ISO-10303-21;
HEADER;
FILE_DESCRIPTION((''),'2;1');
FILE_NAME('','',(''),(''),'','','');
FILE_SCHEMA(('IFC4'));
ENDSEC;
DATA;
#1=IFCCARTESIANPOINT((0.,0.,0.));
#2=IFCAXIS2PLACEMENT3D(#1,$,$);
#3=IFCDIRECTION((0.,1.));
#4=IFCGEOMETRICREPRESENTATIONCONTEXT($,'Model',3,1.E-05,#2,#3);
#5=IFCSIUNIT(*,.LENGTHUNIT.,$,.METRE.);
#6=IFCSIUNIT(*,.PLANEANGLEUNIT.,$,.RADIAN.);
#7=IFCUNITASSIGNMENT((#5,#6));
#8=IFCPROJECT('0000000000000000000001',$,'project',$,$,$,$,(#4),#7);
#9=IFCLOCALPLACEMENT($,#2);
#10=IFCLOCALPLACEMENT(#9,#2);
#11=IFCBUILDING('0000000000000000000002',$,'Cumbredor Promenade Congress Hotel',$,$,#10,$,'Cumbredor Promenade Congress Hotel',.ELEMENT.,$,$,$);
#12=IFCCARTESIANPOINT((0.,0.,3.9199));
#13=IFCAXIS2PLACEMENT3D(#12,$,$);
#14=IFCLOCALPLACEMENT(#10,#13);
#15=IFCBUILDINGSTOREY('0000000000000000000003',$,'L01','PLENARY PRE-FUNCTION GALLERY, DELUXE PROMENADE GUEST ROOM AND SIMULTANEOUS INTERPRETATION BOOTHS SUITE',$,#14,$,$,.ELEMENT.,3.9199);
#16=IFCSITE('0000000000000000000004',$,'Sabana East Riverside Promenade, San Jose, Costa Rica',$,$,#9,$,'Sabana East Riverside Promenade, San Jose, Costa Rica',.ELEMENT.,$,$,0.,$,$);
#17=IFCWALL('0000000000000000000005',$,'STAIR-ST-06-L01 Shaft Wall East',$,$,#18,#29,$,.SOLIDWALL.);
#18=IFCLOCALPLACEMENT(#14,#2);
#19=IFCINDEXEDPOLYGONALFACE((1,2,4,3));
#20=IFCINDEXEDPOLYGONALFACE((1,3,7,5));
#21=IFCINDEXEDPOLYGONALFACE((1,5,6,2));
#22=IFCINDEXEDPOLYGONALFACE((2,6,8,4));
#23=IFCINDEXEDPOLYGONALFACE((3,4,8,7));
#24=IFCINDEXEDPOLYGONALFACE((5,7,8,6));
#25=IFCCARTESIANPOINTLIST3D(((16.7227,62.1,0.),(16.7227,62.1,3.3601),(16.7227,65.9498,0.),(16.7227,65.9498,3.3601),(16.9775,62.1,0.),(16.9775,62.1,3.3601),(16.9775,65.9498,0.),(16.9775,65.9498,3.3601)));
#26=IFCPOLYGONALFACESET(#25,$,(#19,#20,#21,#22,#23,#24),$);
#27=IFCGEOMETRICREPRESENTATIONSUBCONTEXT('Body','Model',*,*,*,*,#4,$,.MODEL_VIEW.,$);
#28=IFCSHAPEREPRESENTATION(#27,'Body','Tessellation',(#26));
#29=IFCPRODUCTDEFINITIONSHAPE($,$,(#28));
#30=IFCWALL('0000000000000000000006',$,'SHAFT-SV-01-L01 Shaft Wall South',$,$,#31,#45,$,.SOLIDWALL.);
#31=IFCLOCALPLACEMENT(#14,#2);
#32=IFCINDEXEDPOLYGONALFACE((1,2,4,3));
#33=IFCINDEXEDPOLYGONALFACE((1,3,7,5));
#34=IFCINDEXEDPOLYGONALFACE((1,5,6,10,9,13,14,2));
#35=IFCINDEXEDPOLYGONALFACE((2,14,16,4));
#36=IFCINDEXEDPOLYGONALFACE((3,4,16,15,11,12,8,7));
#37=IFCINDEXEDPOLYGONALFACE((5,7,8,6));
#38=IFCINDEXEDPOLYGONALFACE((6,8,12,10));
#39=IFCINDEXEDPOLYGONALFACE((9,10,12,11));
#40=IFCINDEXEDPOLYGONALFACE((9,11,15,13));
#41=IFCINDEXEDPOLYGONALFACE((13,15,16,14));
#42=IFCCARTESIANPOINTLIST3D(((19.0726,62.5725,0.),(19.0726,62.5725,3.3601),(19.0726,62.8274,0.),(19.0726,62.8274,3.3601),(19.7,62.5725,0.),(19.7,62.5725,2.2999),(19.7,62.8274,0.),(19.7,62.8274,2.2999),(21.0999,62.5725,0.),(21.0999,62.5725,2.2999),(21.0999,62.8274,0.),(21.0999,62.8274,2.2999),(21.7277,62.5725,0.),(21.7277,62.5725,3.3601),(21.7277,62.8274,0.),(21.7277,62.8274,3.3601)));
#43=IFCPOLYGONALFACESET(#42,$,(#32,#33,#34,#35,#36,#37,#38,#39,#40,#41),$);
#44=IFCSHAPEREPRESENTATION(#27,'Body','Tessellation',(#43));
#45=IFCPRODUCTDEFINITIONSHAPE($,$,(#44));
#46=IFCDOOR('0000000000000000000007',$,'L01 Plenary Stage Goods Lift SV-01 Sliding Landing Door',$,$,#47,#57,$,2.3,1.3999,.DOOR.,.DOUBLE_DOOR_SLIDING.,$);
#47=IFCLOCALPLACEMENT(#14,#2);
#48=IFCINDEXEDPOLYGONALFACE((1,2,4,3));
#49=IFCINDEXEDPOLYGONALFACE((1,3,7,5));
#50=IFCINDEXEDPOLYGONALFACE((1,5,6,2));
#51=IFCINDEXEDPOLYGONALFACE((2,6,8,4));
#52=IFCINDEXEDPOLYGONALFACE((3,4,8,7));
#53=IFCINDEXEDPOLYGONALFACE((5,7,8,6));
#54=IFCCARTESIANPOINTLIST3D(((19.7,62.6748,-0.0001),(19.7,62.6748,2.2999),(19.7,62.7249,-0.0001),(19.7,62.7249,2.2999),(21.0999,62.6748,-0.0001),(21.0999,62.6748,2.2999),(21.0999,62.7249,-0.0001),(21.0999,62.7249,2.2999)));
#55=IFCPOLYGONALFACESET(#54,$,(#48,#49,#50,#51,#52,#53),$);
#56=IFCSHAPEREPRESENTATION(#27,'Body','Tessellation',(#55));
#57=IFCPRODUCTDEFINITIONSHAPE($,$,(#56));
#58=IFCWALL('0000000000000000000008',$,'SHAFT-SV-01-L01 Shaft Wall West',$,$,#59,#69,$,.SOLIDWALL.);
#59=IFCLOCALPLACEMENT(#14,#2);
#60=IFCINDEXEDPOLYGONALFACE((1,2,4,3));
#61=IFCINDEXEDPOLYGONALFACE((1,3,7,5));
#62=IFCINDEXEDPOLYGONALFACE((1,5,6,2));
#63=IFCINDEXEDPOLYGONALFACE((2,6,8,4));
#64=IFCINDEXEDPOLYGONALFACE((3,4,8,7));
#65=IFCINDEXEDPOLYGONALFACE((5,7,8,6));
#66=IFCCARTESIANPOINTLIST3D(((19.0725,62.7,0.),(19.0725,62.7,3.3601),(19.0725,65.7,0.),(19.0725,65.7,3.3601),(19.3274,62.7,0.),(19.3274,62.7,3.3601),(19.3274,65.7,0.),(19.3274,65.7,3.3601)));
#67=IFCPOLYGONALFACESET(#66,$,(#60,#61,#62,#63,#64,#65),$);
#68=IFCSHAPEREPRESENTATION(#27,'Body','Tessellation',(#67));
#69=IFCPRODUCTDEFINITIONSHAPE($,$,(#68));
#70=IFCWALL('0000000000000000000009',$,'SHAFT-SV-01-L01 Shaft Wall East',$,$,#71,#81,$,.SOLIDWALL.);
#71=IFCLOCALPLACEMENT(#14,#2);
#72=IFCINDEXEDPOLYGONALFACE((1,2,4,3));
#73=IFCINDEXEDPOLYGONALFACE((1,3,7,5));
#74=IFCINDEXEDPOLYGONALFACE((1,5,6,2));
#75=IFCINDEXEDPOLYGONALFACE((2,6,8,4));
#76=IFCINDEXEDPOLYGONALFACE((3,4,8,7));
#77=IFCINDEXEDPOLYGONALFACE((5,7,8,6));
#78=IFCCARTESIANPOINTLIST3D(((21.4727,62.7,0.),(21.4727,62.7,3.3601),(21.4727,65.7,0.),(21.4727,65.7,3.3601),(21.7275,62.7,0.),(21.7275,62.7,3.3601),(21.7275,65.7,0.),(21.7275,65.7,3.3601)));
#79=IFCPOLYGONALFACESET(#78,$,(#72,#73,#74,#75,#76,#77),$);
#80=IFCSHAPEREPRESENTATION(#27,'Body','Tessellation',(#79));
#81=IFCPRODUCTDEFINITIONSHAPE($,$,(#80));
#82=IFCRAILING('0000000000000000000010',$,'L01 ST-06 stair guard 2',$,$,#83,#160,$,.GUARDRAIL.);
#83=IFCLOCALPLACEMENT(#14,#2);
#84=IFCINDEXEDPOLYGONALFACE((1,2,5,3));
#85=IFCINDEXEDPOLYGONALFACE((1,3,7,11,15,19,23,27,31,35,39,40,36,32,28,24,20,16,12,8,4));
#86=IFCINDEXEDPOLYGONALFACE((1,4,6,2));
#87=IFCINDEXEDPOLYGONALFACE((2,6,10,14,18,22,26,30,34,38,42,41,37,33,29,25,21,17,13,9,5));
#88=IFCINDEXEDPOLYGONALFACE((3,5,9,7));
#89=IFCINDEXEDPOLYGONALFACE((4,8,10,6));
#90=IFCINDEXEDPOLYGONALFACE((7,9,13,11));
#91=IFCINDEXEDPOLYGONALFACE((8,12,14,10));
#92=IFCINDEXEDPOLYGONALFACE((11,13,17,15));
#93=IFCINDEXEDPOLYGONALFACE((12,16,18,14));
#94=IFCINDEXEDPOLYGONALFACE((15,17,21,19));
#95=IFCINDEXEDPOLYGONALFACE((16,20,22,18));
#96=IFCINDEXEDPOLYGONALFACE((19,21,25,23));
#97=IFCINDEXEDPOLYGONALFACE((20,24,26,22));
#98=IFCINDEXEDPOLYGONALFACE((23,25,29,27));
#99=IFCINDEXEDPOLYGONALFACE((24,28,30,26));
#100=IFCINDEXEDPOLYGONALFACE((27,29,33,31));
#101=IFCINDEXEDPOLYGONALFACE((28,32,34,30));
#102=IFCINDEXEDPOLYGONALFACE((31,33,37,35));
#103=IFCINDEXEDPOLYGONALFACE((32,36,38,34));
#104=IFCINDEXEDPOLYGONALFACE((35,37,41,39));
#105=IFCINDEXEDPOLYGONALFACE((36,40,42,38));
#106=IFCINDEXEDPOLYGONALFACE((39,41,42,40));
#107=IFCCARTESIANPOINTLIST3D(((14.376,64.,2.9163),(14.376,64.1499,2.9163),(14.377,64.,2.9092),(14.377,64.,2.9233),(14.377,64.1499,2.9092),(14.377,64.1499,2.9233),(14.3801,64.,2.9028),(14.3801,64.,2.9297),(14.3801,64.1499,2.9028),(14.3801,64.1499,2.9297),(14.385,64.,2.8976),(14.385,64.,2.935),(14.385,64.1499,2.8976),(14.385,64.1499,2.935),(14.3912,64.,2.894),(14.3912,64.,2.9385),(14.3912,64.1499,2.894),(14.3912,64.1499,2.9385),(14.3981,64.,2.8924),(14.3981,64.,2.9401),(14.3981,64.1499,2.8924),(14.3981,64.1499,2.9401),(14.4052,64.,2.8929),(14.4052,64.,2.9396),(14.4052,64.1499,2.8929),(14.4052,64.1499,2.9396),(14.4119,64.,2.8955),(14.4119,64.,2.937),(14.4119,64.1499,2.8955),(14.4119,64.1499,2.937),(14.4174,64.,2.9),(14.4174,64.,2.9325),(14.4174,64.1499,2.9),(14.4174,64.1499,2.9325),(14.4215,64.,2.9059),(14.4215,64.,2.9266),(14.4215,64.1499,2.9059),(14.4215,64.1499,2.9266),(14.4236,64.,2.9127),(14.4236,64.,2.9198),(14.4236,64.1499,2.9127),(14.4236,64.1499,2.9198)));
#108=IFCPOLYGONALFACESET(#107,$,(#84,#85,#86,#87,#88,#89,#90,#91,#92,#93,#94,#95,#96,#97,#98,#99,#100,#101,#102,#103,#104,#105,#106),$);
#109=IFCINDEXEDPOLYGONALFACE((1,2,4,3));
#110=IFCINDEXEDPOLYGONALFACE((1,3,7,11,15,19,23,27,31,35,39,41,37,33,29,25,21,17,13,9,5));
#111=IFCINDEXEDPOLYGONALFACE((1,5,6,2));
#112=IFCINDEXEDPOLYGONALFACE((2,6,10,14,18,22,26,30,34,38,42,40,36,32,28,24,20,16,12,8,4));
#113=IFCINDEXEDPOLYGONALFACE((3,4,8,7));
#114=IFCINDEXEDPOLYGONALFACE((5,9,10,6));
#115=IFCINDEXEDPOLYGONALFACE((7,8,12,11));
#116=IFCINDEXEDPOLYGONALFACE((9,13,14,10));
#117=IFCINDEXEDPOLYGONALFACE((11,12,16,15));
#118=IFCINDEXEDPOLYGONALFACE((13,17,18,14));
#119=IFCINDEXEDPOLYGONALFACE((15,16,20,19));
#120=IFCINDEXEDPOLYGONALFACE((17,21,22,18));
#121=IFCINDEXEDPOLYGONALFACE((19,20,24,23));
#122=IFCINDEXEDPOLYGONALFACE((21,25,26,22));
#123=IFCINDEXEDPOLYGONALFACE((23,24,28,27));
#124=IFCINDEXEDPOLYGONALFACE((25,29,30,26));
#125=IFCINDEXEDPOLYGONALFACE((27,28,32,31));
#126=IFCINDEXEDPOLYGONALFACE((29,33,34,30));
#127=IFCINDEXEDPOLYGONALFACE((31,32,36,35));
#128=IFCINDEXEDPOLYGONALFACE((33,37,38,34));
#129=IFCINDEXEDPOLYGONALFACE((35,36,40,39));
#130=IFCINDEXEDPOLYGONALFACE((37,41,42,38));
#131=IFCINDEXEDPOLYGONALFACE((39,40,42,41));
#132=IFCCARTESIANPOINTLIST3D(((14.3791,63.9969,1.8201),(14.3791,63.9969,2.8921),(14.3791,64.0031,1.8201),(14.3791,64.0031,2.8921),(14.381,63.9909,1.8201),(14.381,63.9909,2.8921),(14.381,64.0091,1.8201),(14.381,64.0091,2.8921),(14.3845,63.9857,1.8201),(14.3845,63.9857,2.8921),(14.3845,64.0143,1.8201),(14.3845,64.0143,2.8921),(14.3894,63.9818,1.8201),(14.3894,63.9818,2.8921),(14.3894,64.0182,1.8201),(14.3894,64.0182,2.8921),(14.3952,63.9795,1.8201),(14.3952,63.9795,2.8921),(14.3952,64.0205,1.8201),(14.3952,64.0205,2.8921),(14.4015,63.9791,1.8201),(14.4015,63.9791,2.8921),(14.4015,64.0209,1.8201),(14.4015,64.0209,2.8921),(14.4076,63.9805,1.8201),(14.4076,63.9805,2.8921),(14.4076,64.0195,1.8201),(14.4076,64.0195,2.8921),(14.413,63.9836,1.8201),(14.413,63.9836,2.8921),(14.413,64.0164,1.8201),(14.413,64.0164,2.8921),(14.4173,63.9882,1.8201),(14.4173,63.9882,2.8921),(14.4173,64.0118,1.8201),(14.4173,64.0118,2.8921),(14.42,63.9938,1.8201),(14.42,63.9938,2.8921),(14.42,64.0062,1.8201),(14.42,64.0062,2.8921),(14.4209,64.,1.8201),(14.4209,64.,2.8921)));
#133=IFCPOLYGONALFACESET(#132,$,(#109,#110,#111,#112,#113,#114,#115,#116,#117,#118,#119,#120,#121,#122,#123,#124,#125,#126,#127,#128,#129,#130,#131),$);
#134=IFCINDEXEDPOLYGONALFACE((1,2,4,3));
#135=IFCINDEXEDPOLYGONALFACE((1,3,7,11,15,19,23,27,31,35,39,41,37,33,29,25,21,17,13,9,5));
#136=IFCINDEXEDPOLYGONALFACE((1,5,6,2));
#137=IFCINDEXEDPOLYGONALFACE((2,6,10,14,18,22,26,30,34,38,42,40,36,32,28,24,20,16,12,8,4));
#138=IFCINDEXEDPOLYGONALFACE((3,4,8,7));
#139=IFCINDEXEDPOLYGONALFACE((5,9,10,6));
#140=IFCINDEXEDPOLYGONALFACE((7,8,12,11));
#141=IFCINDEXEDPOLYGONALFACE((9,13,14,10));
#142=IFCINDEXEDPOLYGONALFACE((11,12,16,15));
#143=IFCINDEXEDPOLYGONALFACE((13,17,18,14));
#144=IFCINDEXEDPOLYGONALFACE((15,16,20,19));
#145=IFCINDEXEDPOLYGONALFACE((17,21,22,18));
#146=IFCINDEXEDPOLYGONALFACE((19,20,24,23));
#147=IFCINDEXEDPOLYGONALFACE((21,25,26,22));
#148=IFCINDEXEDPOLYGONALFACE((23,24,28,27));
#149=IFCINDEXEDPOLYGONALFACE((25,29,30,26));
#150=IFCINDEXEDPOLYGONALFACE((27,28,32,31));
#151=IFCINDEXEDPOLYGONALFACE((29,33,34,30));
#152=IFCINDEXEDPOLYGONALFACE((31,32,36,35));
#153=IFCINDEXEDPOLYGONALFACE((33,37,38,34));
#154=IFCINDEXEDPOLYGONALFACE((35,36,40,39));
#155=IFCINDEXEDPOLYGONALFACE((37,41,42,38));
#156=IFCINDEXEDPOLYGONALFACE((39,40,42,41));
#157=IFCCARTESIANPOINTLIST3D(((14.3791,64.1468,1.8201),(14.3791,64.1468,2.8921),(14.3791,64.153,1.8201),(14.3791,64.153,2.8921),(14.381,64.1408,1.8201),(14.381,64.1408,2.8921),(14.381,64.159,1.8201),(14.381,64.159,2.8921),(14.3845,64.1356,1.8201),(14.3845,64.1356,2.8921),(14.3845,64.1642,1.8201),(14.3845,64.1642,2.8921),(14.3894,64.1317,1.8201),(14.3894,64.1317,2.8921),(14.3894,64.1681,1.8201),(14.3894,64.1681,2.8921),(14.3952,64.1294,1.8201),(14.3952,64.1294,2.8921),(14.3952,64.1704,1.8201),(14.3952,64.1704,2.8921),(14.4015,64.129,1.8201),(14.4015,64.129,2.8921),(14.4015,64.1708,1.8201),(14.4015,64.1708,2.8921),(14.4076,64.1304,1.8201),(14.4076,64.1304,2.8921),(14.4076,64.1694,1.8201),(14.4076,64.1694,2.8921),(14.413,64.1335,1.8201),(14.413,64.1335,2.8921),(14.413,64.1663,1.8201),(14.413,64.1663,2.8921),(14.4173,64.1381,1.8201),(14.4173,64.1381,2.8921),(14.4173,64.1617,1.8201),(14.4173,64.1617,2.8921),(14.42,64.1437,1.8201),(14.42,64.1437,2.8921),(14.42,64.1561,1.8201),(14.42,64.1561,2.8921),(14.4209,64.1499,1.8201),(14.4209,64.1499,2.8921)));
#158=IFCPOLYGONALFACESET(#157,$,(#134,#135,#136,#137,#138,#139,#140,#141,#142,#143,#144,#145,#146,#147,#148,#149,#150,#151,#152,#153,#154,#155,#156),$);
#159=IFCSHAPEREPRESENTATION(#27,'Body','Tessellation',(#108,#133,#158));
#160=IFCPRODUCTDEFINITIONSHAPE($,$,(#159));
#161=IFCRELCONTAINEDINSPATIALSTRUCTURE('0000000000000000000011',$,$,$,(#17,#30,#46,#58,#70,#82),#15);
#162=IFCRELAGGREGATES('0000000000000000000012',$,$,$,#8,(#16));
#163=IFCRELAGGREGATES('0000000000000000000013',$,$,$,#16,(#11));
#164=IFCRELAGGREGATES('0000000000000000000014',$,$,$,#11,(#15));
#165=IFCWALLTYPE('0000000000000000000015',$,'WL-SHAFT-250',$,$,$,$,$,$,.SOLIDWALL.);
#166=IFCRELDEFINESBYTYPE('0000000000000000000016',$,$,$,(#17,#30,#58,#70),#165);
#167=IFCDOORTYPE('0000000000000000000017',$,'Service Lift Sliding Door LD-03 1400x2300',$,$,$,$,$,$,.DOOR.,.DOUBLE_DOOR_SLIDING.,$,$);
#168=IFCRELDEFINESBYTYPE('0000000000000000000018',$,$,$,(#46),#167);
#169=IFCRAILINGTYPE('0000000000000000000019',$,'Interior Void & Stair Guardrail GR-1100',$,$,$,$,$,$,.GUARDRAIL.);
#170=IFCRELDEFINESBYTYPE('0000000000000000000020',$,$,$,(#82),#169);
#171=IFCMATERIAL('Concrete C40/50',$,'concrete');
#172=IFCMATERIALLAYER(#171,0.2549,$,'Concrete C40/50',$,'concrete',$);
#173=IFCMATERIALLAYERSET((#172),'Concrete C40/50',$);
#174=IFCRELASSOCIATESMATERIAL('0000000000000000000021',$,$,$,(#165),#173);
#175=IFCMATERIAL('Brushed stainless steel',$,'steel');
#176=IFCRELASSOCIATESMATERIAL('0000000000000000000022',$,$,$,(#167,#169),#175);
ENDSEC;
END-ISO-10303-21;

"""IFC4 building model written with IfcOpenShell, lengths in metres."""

from ifc_helpers import new_model, si_unit, direction, frame, frame_2d, origin, origin_2d, place, context, subcontext, project, spatial, rectangle, circle, extrude, material, layer, layer_set, type_object, element, fill, save


model = new_model("IFC4")

# Units and contexts
model_context = context("Model", 3, precision=1e-05, world=origin(), true_north=direction((0.0, 1.0)))
body_context = subcontext(model_context, "Body", "Model", "MODEL_VIEW")
ifc_project = project(units=[si_unit("LENGTHUNIT", "METRE"), si_unit("PLANEANGLEUNIT", "RADIAN")], contexts=[model_context])

# Site, building, storey
site_placement = place(None, origin())
site = spatial("IfcSite", under=ifc_project, at=site_placement, Name="Sabana East Riverside Promenade, San Jose, Costa Rica", LongName="Sabana East Riverside Promenade, San Jose, Costa Rica", CompositionType="ELEMENT", RefElevation=0.0)
building_placement = place(site_placement, origin())
building = spatial("IfcBuilding", under=site, at=building_placement, Name="Cumbredor Promenade Congress Hotel", LongName="Cumbredor Promenade Congress Hotel", CompositionType="ELEMENT")
storey_placement = place(building_placement, frame((0.0, 0.0, 3.9199)))
storey = spatial("IfcBuildingStorey", under=building, at=storey_placement, Name="L01", Description="PLENARY PRE-FUNCTION GALLERY, DELUXE PROMENADE GUEST ROOM AND SIMULTANEOUS INTERPRETATION BOOTHS SUITE", CompositionType="ELEMENT", Elevation=3.9199)

# Shared definitions
ifc_material_1 = material(Name="Concrete C40/50", Category="concrete")

# Wall
ifc_layer = layer(ifc_material_1, 0.2549, Name="Concrete C40/50", Category="concrete")
ifc_layer_set = layer_set([ifc_layer], Name="Concrete C40/50")
wall_type = type_object("IfcWallType", Name="WL-SHAFT-250", PredefinedType="SOLIDWALL", material=ifc_layer_set)
wall_1_placement = place(storey_placement, frame((16.8501, 62.1001, 0.0), z_axis=(0.0, 0.0, 1.0), x_axis=(0.0, 1.0, 0.0)))
element("IfcWall", 1, at=wall_1_placement, inside=storey, type_object=wall_type, Name="STAIR-ST-06-L01 Shaft Wall East", PredefinedType="SOLIDWALL", context=body_context, shape_type="SweptSolid", body=[
    extrude(rectangle(XDim=3.8499, YDim=0.2549, at=frame_2d((1.9248, 0.0))), origin(), (0.0, 0.0, 1.0), 3.3601),
])

# Wall, opening, door
wall_2_placement = place(storey_placement, frame((19.0725, 62.7, 0.0), z_axis=(0.0, 0.0, 1.0), x_axis=(1.0, 0.0, 0.0)))
wall_2 = element("IfcWall", 2, at=wall_2_placement, inside=storey, type_object=wall_type, Name="SHAFT-SV-01-L01 Shaft Wall South", PredefinedType="SOLIDWALL", context=body_context, shape_type="SweptSolid", body=[
    extrude(rectangle(XDim=2.655, YDim=0.2549, at=frame_2d((1.3276, 0.0))), origin(), (0.0, 0.0, 1.0), 3.3601),
])
opening_placement = place(wall_2_placement, frame((0.6274, 0.0, 0.0)))
opening = element("IfcOpeningElement", 3, at=opening_placement, cuts=wall_2, PredefinedType="OPENING", context=body_context, shape_type="SweptSolid", body=[
    extrude(rectangle(XDim=1.3999, YDim=2.3, at=frame_2d((0.7, 1.1499))), frame((0.0, 0.1375, 0.0), z_axis=(0.0, -1.0, 0.0), x_axis=(1.0, 0.0, 0.0)), (0.0, 0.0, 1.0), 0.2749),
])
ifc_material_2 = material(Name="Brushed stainless steel", Category="steel")
door_type = type_object("IfcDoorType", Name="Service Lift Sliding Door LD-03 1400x2300", OperationType="DOUBLE_DOOR_SLIDING", PredefinedType="DOOR", material=ifc_material_2)
door_placement = place(opening_placement, origin())
door = element("IfcDoor", 4, at=door_placement, inside=storey, type_object=door_type, Name="L01 Plenary Stage Goods Lift SV-01 Sliding Landing Door", OperationType="DOUBLE_DOOR_SLIDING", OverallHeight=2.3, OverallWidth=1.3999, PredefinedType="DOOR", context=body_context, shape_type="SweptSolid", body=[
    extrude(rectangle(XDim=1.3999, YDim=2.3, at=frame_2d((0.7, 1.1499))), frame((0.0, 0.0249, 0.0), z_axis=(0.0, -1.0, 0.0), x_axis=(1.0, 0.0, 0.0)), (0.0, 0.0, 1.0), 0.05),
])
fill(opening, door)

# Walls
for number, where, z_axis, x_axis, name in (
    (5, (19.2, 62.7, 0.0), (0.0, 0.0, 1.0), (0.0, 1.0, 0.0), "SHAFT-SV-01-L01 Shaft Wall West"),
    (6, (21.6001, 62.7, 0.0), (0.0, 0.0, 1.0), (0.0, 1.0, 0.0), "SHAFT-SV-01-L01 Shaft Wall East"),
):
    element("IfcWall", number, at=place(storey_placement, frame(where, z_axis=z_axis, x_axis=x_axis)), inside=storey, type_object=wall_type, Name=name, PredefinedType="SOLIDWALL", context=body_context, shape_type="SweptSolid", body=[
        extrude(rectangle(XDim=3.0, YDim=0.2549, at=frame_2d((1.5, 0.0))), origin(), (0.0, 0.0, 1.0), 3.3601),
    ])

# Railing
railing_type = type_object("IfcRailingType", Name="Interior Void & Stair Guardrail GR-1100", PredefinedType="GUARDRAIL", material=ifc_material_2)
railing_1_placement = place(storey_placement, frame((14.3999, 64.0, 1.8201)))
element("IfcRailing", 7, at=railing_1_placement, inside=storey, type_object=railing_type, Name="L01 ST-06 stair guard 2", PredefinedType="GUARDRAIL", context=body_context, shape_type="SweptSolid", body=[
    extrude(circle(Radius=0.0239, at=origin_2d()), frame((0.0, 0.0, 1.0962), z_axis=(0.0, 1.0, 0.0), x_axis=(-1.0, 0.0, 0.0)), (0.0, 0.0, 1.0), 0.1499),
    extrude(circle(Radius=0.021, at=origin_2d()), origin(), (0.0, 0.0, 1.0), 1.072),
    extrude(circle(Radius=0.021, at=origin_2d()), frame((0.0, 0.1499, 0.0)), (0.0, 0.0, 1.0), 1.072),
])

save(model, "model.ifc")
